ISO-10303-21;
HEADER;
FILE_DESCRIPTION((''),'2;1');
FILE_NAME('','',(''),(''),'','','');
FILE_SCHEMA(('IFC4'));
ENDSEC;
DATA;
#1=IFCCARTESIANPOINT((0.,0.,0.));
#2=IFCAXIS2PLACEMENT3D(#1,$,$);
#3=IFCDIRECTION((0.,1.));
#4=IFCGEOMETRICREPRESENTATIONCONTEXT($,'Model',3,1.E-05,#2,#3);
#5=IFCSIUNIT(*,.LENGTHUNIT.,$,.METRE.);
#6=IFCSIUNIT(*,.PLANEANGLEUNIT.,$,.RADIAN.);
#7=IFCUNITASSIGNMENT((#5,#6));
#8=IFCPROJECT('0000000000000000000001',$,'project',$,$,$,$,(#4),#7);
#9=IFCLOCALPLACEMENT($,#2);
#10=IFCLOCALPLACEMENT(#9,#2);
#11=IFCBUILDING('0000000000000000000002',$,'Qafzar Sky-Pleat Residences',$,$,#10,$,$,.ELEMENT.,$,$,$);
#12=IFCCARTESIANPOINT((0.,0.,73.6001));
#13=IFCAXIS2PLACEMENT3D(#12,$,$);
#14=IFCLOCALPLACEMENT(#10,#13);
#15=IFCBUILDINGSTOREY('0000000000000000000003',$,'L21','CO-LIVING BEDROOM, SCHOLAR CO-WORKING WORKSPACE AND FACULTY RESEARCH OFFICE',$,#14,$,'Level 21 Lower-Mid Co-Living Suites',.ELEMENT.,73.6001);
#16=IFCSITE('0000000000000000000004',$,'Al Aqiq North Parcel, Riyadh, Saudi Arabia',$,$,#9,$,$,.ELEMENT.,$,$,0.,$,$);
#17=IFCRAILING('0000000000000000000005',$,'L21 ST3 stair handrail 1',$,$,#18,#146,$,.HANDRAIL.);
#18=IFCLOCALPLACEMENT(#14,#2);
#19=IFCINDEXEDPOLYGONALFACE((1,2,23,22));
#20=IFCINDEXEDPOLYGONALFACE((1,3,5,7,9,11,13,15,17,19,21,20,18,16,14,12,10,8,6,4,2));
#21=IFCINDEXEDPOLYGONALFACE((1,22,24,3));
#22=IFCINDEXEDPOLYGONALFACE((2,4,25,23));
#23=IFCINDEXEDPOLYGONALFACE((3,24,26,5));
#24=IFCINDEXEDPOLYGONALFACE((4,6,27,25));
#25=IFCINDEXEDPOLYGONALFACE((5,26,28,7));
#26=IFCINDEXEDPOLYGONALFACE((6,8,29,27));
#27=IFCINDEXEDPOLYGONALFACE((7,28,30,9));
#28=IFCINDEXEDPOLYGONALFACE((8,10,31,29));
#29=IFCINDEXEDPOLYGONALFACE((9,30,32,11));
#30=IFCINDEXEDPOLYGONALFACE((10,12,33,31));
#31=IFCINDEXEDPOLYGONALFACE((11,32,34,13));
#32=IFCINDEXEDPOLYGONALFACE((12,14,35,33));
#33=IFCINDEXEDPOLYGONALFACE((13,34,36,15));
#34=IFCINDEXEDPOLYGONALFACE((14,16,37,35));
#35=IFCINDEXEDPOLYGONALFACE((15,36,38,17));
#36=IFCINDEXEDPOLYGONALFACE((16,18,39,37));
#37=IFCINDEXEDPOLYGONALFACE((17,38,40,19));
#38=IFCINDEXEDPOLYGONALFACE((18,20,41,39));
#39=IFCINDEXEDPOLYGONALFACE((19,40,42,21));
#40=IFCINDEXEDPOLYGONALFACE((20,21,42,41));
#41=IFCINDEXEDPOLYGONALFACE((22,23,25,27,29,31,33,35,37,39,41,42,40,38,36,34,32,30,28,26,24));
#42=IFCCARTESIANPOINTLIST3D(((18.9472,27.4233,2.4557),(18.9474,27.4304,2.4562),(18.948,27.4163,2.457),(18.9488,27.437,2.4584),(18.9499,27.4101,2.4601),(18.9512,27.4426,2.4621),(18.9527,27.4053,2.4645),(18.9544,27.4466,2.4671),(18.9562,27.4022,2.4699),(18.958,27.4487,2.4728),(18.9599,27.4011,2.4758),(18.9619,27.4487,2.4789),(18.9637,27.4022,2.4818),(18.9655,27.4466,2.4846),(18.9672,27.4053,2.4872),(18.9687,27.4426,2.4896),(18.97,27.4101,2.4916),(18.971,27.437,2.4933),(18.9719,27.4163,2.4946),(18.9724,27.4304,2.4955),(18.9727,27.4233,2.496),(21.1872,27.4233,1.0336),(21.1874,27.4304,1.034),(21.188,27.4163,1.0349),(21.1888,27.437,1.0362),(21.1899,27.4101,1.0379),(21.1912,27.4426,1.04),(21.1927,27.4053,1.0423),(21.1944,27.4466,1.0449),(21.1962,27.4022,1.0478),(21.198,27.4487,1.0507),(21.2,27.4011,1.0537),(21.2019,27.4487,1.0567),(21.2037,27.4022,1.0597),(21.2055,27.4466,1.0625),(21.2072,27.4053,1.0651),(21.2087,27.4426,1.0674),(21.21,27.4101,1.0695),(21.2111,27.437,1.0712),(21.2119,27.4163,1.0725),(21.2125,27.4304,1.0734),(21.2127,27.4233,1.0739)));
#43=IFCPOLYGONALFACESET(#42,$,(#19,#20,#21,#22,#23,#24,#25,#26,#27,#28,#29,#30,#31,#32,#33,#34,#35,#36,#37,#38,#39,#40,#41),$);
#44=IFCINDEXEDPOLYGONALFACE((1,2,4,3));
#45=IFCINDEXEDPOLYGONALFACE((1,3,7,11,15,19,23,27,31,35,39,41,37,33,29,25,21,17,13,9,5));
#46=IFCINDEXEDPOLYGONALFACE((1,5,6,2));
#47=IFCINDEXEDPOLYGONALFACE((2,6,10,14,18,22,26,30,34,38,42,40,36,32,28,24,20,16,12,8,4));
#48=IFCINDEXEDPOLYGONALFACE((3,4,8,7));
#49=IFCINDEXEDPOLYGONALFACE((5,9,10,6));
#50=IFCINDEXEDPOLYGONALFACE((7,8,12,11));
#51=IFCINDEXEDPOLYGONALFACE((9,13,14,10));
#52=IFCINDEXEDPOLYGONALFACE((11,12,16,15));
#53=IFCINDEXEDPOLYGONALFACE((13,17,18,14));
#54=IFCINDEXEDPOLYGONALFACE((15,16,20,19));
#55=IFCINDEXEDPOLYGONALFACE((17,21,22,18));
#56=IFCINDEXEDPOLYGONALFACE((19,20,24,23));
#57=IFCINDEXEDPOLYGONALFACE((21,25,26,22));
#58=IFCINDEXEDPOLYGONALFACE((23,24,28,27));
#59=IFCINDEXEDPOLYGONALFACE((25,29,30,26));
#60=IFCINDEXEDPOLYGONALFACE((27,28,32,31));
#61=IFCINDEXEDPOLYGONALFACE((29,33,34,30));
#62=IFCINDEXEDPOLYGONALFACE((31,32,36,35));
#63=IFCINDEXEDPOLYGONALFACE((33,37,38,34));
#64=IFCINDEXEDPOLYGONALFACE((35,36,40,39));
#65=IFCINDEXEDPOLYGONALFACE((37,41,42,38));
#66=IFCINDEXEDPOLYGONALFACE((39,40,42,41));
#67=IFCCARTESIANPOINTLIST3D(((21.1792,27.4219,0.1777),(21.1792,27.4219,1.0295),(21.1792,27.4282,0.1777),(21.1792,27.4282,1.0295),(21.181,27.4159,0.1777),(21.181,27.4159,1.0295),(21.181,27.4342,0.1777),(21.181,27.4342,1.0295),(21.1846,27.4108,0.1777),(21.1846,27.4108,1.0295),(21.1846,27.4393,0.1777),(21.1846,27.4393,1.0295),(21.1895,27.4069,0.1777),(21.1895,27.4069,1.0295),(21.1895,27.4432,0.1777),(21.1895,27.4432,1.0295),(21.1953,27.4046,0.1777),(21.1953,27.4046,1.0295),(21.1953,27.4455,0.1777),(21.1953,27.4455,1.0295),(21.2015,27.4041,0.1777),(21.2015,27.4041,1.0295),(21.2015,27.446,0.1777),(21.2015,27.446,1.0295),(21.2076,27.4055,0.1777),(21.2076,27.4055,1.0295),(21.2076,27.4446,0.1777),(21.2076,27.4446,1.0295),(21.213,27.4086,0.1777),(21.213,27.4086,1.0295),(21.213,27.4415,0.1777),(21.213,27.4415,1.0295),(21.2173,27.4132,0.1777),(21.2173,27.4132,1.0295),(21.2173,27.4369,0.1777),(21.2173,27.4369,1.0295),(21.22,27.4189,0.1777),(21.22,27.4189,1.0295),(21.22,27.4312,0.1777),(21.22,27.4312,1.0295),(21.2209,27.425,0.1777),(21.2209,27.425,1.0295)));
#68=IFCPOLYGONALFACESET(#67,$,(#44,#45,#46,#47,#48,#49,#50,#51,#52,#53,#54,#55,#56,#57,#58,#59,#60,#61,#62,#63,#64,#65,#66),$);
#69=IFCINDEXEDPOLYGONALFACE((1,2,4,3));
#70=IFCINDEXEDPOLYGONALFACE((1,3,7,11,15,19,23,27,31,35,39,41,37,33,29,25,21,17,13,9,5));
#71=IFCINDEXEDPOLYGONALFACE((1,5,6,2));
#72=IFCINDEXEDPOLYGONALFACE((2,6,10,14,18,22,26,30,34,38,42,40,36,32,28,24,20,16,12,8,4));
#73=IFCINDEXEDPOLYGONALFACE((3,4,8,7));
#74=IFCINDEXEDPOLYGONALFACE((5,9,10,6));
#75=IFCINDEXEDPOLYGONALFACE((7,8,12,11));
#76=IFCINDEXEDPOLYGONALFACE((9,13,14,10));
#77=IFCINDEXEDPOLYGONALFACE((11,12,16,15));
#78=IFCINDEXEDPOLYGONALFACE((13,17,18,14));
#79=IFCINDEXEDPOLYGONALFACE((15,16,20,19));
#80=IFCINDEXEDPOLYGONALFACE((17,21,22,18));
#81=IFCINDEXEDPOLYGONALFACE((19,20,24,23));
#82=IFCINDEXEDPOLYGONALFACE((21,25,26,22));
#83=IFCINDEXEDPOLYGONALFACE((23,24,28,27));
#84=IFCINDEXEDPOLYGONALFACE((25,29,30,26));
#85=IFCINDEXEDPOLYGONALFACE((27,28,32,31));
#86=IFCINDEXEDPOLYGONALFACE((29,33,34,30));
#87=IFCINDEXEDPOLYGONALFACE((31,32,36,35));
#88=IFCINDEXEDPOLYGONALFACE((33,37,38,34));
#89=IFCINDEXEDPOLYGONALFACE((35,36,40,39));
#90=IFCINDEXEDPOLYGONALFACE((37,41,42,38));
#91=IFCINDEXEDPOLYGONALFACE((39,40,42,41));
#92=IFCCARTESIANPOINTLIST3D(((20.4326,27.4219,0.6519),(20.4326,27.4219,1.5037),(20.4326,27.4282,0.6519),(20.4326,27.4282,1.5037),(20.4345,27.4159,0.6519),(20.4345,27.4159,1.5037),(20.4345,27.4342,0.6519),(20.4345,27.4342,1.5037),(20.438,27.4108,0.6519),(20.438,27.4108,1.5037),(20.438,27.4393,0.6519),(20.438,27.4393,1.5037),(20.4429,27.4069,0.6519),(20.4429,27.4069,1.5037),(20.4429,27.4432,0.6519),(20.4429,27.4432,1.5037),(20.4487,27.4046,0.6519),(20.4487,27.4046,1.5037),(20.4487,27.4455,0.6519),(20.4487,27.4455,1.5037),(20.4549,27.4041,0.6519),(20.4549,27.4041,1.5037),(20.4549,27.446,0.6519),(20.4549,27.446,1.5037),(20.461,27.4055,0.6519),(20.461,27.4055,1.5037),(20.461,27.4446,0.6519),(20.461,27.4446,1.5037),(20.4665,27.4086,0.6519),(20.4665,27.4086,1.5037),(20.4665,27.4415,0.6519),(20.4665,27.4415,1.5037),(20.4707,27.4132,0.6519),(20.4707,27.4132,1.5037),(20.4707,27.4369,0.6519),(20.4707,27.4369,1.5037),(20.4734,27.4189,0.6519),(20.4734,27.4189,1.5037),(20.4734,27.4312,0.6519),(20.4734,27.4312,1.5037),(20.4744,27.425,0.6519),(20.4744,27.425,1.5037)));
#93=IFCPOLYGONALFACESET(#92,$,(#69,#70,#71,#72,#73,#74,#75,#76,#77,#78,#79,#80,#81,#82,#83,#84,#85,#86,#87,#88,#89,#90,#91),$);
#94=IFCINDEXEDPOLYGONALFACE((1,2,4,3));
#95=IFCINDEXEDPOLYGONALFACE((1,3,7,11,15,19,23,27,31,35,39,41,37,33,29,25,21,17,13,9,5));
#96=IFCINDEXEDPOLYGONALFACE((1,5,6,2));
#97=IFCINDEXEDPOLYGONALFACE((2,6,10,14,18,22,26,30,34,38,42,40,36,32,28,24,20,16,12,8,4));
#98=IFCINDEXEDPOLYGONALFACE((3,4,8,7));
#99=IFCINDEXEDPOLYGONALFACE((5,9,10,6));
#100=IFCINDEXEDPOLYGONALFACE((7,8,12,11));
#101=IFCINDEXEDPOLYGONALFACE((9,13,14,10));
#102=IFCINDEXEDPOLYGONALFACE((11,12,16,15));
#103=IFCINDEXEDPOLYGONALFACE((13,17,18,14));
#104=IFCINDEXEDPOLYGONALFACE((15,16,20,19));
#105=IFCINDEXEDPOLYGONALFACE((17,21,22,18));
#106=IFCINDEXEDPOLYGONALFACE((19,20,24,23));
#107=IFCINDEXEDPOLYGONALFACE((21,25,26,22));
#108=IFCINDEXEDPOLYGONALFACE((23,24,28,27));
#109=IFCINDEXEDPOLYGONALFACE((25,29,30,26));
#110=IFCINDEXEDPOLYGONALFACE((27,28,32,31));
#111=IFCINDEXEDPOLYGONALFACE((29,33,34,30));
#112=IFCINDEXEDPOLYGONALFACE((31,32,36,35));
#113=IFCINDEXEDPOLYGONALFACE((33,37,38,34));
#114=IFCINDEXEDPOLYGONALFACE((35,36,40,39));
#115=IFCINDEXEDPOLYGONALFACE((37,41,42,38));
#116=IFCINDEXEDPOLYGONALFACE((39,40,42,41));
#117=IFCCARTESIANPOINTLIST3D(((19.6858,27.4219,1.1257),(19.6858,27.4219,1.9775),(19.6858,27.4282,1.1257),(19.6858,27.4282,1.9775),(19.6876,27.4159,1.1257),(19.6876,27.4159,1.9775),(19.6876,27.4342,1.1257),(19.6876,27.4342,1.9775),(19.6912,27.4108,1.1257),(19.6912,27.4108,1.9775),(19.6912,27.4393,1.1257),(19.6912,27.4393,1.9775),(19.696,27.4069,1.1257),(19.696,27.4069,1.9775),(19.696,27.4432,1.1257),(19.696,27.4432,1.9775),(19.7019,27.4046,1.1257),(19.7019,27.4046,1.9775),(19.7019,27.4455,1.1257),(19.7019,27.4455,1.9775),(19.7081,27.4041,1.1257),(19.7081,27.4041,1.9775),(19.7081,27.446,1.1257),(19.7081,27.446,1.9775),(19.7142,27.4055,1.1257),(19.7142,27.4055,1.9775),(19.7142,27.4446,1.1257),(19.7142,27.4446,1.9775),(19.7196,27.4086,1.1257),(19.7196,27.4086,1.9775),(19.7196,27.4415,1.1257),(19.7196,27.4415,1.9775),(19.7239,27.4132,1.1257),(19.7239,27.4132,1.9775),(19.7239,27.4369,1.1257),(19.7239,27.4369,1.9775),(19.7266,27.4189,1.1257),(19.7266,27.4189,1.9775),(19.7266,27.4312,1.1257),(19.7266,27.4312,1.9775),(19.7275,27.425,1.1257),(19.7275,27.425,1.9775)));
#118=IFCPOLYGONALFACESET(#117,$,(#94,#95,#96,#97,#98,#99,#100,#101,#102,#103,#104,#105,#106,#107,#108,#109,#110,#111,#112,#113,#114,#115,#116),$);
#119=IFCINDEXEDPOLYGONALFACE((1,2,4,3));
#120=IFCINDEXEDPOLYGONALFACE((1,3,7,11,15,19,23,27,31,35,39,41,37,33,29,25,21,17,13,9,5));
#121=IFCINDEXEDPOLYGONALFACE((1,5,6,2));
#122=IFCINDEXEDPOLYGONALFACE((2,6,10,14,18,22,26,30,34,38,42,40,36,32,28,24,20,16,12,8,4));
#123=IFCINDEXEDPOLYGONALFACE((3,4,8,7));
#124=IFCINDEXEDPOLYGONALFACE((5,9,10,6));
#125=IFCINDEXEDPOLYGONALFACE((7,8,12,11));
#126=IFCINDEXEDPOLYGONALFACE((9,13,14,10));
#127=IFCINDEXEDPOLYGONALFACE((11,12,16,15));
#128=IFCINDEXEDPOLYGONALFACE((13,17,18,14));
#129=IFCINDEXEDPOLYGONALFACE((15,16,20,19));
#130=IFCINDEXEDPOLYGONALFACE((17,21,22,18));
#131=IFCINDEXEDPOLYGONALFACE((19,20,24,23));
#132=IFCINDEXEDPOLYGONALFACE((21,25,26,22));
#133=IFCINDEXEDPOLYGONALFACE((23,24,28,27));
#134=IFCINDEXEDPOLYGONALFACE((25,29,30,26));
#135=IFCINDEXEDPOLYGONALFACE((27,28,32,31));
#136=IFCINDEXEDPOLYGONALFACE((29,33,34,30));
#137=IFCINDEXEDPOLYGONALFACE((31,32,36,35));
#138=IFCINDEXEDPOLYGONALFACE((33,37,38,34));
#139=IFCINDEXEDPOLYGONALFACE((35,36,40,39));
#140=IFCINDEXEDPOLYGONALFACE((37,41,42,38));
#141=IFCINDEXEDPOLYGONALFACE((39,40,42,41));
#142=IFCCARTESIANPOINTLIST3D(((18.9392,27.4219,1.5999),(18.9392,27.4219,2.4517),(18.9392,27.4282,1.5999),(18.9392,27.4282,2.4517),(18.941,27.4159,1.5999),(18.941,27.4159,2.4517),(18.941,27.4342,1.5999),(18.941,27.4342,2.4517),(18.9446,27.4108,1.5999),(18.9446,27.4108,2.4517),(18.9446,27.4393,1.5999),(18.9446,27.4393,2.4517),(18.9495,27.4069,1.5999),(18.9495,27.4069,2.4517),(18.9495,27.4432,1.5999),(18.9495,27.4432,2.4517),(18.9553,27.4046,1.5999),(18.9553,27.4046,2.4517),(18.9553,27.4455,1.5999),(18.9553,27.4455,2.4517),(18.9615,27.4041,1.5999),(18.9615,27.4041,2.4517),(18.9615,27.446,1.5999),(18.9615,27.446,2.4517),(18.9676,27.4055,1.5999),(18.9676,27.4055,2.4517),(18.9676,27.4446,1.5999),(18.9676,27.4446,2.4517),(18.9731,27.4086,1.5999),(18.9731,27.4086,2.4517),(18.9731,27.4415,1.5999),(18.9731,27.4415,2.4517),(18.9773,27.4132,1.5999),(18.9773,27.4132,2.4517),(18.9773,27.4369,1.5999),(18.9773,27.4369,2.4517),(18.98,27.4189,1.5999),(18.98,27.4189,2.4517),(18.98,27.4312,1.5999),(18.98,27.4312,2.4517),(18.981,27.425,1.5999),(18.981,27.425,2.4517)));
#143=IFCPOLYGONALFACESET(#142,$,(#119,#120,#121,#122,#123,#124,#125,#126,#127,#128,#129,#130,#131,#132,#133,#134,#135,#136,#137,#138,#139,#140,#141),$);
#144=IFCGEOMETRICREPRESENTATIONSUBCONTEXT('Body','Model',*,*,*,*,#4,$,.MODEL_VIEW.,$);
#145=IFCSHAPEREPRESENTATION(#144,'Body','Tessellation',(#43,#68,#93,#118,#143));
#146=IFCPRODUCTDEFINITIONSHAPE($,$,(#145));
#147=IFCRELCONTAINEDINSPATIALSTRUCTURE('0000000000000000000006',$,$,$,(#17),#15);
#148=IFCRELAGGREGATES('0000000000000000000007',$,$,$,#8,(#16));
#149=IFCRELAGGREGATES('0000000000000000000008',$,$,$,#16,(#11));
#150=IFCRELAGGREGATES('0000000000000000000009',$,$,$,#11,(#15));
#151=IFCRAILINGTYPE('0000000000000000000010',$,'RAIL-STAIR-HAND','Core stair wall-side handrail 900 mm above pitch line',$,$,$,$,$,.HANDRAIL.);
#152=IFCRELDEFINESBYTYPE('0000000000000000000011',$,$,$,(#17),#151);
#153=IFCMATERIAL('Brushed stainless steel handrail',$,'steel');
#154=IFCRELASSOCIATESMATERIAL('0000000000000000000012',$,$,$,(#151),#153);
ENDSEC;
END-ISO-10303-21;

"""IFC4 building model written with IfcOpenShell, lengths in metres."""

from ifc_helpers import new_model, si_unit, direction, frame, origin, origin_2d, place, context, subcontext, project, spatial, circle, extrude, source, transform, mapped, material, type_object, element, save


model = new_model("IFC4")

# Units and contexts
model_context = context("Model", 3, precision=1e-05, world=origin(), true_north=direction((0.0, 1.0)))
body_context = subcontext(model_context, "Body", "Model", "MODEL_VIEW")
ifc_project = project(units=[si_unit("LENGTHUNIT", "METRE"), si_unit("PLANEANGLEUNIT", "RADIAN")], contexts=[model_context])

# Site, building, storey
site_placement = place(None, origin())
site = spatial("IfcSite", under=ifc_project, at=site_placement, Name="Al Aqiq North Parcel, Riyadh, Saudi Arabia", CompositionType="ELEMENT", RefElevation=0.0)
building_placement = place(site_placement, origin())
building = spatial("IfcBuilding", under=site, at=building_placement, Name="Qafzar Sky-Pleat Residences", CompositionType="ELEMENT")
storey_placement = place(building_placement, frame((0.0, 0.0, 73.6001)))
storey = spatial("IfcBuildingStorey", under=building, at=storey_placement, Name="L21", Description="CO-LIVING BEDROOM, SCHOLAR CO-WORKING WORKSPACE AND FACULTY RESEARCH OFFICE", LongName="Level 21 Lower-Mid Co-Living Suites", CompositionType="ELEMENT", Elevation=73.6001)

# Railing
ifc_material_1 = material(Name="Brushed stainless steel handrail", Category="steel")
railing_type_1 = type_object("IfcRailingType", Name="RAIL-STAIR-HAND", Description="Core stair wall-side handrail 900 mm above pitch line", PredefinedType="HANDRAIL", material=ifc_material_1)
shared_shape_1 = source(origin(), body_context, "Body", "SweptSolid", [
    extrude(circle(Radius=0.0239, at=origin_2d()), frame((0.0, 0.0, 0.876), z_axis=(-0.844229, 0.0, 0.535982), x_axis=(0.0, -1.0, 0.0)), (0.0, 0.0, 1.0), 2.6533),
    extrude(circle(Radius=0.021, at=origin_2d()), origin(), (0.0, 0.0, 1.0), 0.8518),
    extrude(circle(Radius=0.021, at=origin_2d()), frame((-0.7466, 0.0, 0.4741)), (0.0, 0.0, 1.0), 0.8518),
    extrude(circle(Radius=0.021, at=origin_2d()), frame((-1.4934, 0.0, 0.948)), (0.0, 0.0, 1.0), 0.8518),
    extrude(circle(Radius=0.021, at=origin_2d()), frame((-2.24, 0.0, 1.4221)), (0.0, 0.0, 1.0), 0.8518),
])
railing_1_placement = place(storey_placement, frame((21.2, 27.425, 0.1777)))
element("IfcRailing", 1, at=railing_1_placement, inside=storey, type_object=railing_type_1, Name="L21 ST3 stair handrail 1", PredefinedType="HANDRAIL", context=body_context, shape_type="MappedRepresentation", body=[
    mapped(shared_shape_1, transform((0.0, 0.0, 0.0), x_axis=(1.0, 0.0, 0.0), y_axis=(0.0, 1.0, 0.0), z_axis=(0.0, 0.0, 1.0), scale=1.0)),
])

save(model, "model.ifc")
